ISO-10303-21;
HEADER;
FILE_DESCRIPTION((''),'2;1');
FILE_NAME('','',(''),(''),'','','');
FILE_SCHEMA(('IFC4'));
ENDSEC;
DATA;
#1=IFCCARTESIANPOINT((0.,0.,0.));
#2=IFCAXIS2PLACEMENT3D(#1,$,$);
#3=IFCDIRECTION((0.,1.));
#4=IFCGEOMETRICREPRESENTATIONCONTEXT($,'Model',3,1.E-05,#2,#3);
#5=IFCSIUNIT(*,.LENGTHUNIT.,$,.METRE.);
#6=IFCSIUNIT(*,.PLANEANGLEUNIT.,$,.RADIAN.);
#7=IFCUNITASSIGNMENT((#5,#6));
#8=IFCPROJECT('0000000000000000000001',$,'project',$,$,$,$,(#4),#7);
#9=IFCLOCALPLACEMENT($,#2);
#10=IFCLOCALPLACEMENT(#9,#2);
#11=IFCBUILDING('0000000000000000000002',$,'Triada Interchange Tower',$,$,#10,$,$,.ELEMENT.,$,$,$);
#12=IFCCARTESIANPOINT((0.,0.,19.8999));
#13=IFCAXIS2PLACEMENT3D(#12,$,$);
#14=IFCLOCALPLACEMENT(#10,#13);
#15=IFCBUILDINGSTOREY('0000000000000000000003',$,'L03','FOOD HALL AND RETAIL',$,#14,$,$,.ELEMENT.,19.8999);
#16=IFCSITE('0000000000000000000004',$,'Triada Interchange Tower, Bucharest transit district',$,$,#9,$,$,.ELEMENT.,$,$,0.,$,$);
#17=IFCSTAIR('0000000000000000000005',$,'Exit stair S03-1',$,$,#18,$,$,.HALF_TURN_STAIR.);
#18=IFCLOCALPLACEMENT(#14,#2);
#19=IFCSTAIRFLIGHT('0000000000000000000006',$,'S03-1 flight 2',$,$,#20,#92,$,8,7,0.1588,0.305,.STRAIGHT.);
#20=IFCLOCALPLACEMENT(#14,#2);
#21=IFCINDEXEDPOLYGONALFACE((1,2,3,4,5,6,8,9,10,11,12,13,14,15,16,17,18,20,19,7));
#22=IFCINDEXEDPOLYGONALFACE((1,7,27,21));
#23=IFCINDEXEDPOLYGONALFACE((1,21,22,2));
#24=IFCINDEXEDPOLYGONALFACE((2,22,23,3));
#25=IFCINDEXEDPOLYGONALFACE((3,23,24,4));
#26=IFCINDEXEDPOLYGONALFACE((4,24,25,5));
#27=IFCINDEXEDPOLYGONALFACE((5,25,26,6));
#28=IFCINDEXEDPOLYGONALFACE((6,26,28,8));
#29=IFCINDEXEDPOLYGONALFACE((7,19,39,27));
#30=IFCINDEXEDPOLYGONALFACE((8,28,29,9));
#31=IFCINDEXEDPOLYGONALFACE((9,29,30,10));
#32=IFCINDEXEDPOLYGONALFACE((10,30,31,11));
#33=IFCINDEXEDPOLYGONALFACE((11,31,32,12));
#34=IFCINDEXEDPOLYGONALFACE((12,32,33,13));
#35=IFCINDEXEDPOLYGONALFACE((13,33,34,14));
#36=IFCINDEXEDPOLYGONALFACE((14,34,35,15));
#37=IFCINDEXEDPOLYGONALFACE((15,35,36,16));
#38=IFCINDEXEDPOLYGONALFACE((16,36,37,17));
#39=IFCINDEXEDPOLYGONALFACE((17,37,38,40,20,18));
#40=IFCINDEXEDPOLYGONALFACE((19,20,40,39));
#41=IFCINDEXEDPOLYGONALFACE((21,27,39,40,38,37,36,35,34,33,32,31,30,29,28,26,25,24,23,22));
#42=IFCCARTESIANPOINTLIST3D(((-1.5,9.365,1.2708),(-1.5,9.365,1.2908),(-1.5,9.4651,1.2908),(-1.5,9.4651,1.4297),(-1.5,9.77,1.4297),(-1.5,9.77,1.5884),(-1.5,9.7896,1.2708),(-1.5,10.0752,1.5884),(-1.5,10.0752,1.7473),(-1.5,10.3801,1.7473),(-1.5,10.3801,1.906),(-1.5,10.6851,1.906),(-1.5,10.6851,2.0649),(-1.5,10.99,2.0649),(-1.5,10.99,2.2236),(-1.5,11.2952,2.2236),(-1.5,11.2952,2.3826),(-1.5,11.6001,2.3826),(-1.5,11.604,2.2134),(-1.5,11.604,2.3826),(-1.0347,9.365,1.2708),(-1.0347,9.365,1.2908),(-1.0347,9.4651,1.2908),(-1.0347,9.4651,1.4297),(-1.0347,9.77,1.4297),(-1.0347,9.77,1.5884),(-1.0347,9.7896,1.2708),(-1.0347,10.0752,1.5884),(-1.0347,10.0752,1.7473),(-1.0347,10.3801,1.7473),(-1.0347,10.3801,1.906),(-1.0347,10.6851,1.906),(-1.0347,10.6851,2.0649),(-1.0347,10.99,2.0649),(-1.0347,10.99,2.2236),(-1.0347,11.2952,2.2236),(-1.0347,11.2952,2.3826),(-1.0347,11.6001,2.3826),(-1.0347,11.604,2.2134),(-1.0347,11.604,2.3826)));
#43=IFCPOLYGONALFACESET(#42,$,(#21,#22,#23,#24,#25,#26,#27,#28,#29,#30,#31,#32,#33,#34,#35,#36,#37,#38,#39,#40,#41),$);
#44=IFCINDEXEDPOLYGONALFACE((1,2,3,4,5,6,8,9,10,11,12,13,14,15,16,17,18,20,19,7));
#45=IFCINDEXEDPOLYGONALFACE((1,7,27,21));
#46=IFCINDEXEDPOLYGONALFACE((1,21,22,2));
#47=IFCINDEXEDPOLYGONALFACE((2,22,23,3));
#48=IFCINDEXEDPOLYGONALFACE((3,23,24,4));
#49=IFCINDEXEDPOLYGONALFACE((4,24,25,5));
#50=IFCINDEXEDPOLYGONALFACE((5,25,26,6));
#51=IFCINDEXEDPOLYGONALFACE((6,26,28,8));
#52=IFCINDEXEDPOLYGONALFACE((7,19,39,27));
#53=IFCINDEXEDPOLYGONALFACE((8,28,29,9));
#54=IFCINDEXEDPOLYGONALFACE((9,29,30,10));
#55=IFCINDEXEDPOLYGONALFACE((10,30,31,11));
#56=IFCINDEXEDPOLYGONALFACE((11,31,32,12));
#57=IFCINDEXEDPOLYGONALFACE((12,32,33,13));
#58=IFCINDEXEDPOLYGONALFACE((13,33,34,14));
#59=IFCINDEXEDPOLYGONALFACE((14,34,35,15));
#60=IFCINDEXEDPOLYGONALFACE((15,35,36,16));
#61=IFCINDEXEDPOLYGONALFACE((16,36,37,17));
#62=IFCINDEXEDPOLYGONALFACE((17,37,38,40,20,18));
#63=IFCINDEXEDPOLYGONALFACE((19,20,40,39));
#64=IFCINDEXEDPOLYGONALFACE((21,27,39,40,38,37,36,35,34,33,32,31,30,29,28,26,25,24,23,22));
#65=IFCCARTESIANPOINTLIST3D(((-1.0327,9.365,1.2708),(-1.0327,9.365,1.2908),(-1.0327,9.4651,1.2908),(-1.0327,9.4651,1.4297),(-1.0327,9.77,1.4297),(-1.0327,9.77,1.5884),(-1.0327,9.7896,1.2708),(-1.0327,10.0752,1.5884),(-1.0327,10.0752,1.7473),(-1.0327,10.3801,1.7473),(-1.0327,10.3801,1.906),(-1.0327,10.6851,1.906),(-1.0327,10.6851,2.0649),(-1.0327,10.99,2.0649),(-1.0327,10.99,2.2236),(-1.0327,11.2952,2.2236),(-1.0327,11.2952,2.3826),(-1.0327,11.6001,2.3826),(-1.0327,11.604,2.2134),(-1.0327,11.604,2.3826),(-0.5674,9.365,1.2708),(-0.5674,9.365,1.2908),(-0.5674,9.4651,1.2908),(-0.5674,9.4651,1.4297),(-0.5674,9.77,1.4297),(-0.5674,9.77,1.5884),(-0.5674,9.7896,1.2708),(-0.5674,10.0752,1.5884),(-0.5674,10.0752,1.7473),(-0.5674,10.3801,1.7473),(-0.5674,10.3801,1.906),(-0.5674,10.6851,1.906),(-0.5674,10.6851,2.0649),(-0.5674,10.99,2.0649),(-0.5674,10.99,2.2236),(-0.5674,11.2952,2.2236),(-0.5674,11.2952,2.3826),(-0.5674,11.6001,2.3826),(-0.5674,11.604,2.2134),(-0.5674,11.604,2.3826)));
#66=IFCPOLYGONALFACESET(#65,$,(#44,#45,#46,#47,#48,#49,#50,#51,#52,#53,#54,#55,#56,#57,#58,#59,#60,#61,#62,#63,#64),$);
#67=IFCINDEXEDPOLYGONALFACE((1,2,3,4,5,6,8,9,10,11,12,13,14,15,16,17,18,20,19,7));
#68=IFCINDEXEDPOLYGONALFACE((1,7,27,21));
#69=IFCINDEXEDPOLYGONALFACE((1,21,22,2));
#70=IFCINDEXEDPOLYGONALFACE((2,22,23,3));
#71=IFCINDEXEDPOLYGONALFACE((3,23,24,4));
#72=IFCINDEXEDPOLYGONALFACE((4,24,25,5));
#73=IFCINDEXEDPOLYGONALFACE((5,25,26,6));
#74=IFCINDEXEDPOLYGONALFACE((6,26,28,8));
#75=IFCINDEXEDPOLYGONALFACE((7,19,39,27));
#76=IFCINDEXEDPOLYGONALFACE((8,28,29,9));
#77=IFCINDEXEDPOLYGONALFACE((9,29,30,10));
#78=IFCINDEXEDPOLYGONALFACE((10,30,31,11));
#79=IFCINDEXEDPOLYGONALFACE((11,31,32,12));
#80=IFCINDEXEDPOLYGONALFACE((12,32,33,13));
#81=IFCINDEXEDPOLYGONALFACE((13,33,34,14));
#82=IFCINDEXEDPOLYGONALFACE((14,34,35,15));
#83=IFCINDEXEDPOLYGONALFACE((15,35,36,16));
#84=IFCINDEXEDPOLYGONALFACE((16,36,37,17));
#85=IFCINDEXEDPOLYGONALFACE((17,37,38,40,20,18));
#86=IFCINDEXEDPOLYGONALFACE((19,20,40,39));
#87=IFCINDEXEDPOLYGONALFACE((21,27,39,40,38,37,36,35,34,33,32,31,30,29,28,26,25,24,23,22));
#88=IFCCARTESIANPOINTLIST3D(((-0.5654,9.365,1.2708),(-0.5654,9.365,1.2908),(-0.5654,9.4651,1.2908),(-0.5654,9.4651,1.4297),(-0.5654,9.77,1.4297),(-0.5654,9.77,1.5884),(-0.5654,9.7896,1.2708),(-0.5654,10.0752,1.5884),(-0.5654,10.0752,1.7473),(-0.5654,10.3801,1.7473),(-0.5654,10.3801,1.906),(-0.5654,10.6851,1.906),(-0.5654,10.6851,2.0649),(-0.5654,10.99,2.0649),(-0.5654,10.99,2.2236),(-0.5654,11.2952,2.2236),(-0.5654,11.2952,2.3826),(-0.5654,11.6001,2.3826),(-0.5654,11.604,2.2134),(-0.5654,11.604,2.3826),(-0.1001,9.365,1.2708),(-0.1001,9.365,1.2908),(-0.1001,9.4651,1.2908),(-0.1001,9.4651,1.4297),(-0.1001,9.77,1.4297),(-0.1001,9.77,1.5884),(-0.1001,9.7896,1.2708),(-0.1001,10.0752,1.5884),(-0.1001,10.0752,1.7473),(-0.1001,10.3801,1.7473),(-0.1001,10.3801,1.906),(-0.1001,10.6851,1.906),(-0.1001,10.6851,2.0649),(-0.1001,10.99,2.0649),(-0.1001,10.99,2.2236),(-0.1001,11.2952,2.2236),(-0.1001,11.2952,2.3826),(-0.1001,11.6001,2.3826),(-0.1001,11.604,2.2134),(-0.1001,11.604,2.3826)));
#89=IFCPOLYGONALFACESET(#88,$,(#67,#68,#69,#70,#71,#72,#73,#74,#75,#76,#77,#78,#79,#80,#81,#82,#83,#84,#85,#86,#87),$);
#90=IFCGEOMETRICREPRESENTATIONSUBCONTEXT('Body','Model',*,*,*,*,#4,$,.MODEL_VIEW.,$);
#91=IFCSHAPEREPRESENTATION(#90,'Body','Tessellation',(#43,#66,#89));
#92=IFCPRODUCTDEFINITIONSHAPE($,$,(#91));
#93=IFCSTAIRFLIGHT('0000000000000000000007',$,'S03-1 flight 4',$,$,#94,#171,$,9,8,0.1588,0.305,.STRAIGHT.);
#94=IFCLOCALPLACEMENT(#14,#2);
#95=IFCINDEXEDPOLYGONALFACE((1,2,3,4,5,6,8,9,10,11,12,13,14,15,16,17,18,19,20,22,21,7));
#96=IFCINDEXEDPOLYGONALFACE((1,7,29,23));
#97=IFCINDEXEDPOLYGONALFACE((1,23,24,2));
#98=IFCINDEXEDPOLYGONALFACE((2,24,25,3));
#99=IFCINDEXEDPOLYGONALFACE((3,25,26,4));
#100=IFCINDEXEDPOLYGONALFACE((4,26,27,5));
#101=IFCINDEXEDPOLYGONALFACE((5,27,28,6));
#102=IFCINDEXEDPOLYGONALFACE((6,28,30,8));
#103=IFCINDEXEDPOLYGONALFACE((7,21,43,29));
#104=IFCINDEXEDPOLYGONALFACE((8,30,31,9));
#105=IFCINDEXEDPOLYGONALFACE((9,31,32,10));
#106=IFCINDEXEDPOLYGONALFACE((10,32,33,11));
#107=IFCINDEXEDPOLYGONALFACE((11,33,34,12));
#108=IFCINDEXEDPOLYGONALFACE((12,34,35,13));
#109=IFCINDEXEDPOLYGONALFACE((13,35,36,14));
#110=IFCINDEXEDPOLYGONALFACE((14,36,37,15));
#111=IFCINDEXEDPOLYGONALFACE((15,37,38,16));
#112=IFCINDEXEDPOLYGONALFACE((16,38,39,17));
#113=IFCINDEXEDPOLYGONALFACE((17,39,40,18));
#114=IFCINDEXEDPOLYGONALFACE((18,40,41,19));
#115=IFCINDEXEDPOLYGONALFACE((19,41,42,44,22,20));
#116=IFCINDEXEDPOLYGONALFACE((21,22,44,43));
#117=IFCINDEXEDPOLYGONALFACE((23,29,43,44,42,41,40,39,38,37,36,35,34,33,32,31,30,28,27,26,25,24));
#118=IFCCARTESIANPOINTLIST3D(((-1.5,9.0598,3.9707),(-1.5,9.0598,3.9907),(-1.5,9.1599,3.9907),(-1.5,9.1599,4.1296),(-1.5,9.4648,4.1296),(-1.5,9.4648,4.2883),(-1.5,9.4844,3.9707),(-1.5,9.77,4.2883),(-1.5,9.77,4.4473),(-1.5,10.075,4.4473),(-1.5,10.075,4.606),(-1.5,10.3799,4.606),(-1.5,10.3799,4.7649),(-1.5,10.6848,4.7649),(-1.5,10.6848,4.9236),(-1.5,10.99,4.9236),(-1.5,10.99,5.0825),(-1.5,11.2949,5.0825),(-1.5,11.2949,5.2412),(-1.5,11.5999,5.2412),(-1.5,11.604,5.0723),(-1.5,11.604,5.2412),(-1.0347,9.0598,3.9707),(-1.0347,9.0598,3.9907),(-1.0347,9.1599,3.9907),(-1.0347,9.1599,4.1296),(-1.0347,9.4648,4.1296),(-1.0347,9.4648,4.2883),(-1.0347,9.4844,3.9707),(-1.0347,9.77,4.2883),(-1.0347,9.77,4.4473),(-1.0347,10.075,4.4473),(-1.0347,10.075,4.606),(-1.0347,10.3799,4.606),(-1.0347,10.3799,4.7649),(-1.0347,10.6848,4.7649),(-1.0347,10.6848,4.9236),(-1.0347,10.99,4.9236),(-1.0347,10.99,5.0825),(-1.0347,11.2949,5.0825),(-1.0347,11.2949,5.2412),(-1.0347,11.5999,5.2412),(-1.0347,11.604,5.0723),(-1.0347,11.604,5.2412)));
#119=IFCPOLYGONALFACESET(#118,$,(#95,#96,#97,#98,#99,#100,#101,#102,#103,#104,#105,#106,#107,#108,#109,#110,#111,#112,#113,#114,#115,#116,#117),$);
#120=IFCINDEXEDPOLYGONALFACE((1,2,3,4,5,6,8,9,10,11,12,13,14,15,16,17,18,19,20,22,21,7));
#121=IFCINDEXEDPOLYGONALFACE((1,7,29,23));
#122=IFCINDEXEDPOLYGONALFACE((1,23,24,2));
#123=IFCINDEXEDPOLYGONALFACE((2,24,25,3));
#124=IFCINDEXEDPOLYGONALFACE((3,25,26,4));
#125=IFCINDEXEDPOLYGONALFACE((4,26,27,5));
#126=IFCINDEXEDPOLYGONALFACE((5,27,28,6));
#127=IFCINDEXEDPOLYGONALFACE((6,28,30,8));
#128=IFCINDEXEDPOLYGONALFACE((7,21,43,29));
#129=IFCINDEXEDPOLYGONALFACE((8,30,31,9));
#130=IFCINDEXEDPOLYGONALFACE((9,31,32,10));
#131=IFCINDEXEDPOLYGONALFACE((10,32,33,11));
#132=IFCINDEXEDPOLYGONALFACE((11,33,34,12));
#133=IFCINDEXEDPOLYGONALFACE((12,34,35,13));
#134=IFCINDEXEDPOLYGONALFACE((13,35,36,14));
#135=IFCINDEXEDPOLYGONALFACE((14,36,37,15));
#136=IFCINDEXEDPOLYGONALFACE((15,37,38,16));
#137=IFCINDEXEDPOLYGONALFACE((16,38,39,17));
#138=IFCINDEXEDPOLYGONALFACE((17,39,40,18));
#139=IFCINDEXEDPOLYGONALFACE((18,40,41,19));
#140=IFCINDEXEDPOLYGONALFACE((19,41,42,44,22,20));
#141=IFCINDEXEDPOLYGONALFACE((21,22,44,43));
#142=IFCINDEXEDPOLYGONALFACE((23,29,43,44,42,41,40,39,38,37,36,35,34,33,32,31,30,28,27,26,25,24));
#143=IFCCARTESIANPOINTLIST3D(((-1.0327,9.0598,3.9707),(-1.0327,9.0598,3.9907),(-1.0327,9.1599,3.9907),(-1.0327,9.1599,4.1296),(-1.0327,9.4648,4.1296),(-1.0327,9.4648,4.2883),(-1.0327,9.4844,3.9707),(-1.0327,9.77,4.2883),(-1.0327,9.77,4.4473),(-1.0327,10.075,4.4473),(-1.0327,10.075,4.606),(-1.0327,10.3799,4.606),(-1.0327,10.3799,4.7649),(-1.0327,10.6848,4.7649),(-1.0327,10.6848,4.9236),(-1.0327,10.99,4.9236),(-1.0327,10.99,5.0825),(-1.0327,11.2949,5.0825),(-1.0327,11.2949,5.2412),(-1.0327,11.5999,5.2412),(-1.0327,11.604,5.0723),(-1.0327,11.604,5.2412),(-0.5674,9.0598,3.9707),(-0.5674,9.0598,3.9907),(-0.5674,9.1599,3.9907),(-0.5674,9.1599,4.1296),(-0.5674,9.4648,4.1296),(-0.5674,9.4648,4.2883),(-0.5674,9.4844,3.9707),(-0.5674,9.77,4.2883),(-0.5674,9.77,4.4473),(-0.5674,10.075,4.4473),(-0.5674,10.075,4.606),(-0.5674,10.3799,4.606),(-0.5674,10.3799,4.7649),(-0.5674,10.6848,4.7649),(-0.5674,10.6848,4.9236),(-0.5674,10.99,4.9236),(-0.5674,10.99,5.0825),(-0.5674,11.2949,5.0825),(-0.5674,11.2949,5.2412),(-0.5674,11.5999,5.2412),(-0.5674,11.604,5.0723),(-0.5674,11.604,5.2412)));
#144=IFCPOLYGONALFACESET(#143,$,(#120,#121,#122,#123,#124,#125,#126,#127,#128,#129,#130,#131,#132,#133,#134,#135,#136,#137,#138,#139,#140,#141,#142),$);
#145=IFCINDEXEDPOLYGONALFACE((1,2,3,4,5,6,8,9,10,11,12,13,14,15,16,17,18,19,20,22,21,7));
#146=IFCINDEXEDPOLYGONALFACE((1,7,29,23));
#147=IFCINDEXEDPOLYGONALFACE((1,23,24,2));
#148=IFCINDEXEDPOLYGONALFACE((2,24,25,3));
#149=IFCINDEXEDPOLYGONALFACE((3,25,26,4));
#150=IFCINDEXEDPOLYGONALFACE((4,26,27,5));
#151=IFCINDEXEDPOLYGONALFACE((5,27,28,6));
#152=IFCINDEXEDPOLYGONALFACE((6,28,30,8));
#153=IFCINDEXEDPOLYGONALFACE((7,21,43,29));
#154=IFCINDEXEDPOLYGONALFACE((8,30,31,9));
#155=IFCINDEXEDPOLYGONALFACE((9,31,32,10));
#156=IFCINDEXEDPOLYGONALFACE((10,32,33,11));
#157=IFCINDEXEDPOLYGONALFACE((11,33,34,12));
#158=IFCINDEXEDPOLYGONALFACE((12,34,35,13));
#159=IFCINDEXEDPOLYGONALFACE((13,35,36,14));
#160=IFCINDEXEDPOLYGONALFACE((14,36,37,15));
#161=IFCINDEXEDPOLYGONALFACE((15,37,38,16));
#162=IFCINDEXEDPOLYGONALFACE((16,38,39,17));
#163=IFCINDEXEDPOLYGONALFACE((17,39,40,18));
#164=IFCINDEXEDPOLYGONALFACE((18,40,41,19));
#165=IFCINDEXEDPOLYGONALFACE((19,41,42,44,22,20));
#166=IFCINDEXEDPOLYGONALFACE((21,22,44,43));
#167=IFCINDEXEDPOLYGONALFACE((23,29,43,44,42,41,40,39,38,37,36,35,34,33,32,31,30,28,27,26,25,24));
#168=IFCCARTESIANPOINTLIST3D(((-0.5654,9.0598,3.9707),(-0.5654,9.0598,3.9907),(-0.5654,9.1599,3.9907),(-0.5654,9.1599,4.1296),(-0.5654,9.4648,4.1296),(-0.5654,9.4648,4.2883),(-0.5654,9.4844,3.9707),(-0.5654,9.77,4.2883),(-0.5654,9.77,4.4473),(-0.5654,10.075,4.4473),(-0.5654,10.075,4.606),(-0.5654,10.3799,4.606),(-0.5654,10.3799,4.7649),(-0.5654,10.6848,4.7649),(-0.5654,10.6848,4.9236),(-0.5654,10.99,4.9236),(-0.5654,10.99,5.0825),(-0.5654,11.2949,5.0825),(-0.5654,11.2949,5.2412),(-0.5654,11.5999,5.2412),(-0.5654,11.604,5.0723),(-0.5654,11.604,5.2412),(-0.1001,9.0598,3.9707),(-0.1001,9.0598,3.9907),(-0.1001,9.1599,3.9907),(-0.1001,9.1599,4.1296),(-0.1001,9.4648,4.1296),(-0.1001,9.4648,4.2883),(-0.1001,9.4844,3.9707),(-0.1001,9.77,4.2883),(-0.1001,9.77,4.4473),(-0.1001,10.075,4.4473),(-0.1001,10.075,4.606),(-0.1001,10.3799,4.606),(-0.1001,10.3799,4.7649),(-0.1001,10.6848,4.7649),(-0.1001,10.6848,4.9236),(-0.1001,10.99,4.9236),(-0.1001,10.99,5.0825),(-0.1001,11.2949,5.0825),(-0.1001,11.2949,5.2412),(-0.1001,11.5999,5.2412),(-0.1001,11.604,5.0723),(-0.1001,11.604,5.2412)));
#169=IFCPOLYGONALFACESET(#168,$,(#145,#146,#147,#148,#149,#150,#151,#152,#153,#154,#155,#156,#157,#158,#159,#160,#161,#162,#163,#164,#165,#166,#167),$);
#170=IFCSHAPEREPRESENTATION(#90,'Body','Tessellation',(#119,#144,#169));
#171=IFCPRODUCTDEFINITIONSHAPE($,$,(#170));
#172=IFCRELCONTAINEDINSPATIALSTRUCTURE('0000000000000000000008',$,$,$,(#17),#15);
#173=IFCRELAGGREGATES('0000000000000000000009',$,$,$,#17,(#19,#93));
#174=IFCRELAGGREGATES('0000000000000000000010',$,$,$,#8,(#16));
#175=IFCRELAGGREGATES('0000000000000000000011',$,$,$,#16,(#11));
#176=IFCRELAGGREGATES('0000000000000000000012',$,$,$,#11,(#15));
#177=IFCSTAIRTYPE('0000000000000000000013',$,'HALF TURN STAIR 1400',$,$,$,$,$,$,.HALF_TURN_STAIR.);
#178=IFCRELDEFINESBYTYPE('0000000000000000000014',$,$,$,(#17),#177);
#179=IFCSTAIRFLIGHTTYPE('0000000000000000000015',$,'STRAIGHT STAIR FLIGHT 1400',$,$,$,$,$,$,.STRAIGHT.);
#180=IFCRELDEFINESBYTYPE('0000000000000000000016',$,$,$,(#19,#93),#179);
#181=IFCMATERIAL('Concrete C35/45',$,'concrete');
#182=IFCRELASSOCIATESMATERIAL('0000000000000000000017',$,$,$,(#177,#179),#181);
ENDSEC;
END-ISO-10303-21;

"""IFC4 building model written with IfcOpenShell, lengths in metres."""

from ifc_helpers import new_model, si_unit, direction, frame, origin, place, context, subcontext, project, spatial, polyline, outline, extrude, material, type_object, element, aggregate, save


model = new_model("IFC4")

# Units and contexts
model_context = context("Model", 3, precision=1e-05, world=origin(), true_north=direction((0.0, 1.0)))
body_context = subcontext(model_context, "Body", "Model", "MODEL_VIEW")
ifc_project = project(units=[si_unit("LENGTHUNIT", "METRE"), si_unit("PLANEANGLEUNIT", "RADIAN")], contexts=[model_context])

# Site, building, storey
site_placement = place(None, origin())
site = spatial("IfcSite", under=ifc_project, at=site_placement, Name="Triada Interchange Tower, Bucharest transit district", CompositionType="ELEMENT", RefElevation=0.0)
building_placement = place(site_placement, origin())
building = spatial("IfcBuilding", under=site, at=building_placement, Name="Triada Interchange Tower", CompositionType="ELEMENT")
storey_placement = place(building_placement, frame((0.0, 0.0, 19.8999)))
storey = spatial("IfcBuildingStorey", under=building, at=storey_placement, Name="L03", Description="FOOD HALL AND RETAIL", CompositionType="ELEMENT", Elevation=19.8999)

# Stair, stair flights
ifc_material_1 = material(Name="Concrete C35/45", Category="concrete")
stair_type = type_object("IfcStairType", Name="HALF TURN STAIR 1400", PredefinedType="HALF_TURN_STAIR", material=ifc_material_1)
stair_placement = place(storey_placement, origin())
stair = element("IfcStair", 1, at=stair_placement, inside=storey, type_object=stair_type, Name="Exit stair S03-1", PredefinedType="HALF_TURN_STAIR")
stair_flight_type = type_object("IfcStairFlightType", Name="STRAIGHT STAIR FLIGHT 1400", PredefinedType="STRAIGHT", material=ifc_material_1)
stair_flight_1_placement = place(storey_placement, frame((-0.8, 9.4651, 1.2708), z_axis=(0.0, 0.0, 1.0), x_axis=(0.0, 1.0, 0.0)))
stair_flight_1 = element("IfcStairFlight", 2, at=stair_flight_1_placement, type_object=stair_flight_type, Name="S03-1 flight 2", NumberOfRisers=8, NumberOfTreads=7, PredefinedType="STRAIGHT", RiserHeight=0.1588, TreadLength=0.305, context=body_context, shape_type="SweptSolid", body=[
    extrude(outline(polyline([(-0.1001, 0.0), (-0.1001, 0.02), (0.0, 0.02), (0.0, 0.1589), (0.3049, 0.1589), (0.3049, 0.3176), (0.6101, 0.3176), (0.6101, 0.4766), (0.915, 0.4766), (0.915, 0.6353), (1.22, 0.6353), (1.22, 0.7942), (1.5249, 0.7942), (1.5249, 0.9529), (1.8301, 0.9529), (1.8301, 1.1118), (2.135, 1.1118), (2.1389, 1.1118), (2.1389, 1.2705), (2.1389, 0.9426), (0.3245, 0.0), (-0.1001, 0.0)])), frame((0.0, 0.7, 0.0), z_axis=(0.0, -1.0, 0.0), x_axis=(1.0, 0.0, 0.0)), (0.0, 0.0, 1.0), 0.4653),
    extrude(outline(polyline([(-0.1001, 0.0), (-0.1001, 0.02), (0.0, 0.02), (0.0, 0.1589), (0.3049, 0.1589), (0.3049, 0.3176), (0.6101, 0.3176), (0.6101, 0.4766), (0.915, 0.4766), (0.915, 0.6353), (1.22, 0.6353), (1.22, 0.7942), (1.5249, 0.7942), (1.5249, 0.9529), (1.8301, 0.9529), (1.8301, 1.1118), (2.135, 1.1118), (2.1389, 1.1118), (2.1389, 1.2705), (2.1389, 0.9426), (0.3245, 0.0), (-0.1001, 0.0)])), frame((0.0, 0.2327, 0.0), z_axis=(0.0, -1.0, 0.0), x_axis=(1.0, 0.0, 0.0)), (0.0, 0.0, 1.0), 0.4653),
    extrude(outline(polyline([(-0.1001, 0.0), (-0.1001, 0.02), (0.0, 0.02), (0.0, 0.1589), (0.3049, 0.1589), (0.3049, 0.3176), (0.6101, 0.3176), (0.6101, 0.4766), (0.915, 0.4766), (0.915, 0.6353), (1.22, 0.6353), (1.22, 0.7942), (1.5249, 0.7942), (1.5249, 0.9529), (1.8301, 0.9529), (1.8301, 1.1118), (2.135, 1.1118), (2.1389, 1.1118), (2.1389, 1.2705), (2.1389, 0.9426), (0.3245, 0.0), (-0.1001, 0.0)])), frame((0.0, -0.2346, 0.0), z_axis=(0.0, -1.0, 0.0), x_axis=(1.0, 0.0, 0.0)), (0.0, 0.0, 1.0), 0.4653),
])
stair_flight_2_placement = place(storey_placement, frame((-0.8, 9.1599, 3.9707), z_axis=(0.0, 0.0, 1.0), x_axis=(0.0, 1.0, 0.0)))
stair_flight_2 = element("IfcStairFlight", 3, at=stair_flight_2_placement, type_object=stair_flight_type, Name="S03-1 flight 4", NumberOfRisers=9, NumberOfTreads=8, PredefinedType="STRAIGHT", RiserHeight=0.1588, TreadLength=0.305, context=body_context, shape_type="SweptSolid", body=[
    extrude(outline(polyline([(-0.1001, 0.0), (-0.1001, 0.02), (0.0, 0.02), (0.0, 0.1589), (0.3049, 0.1589), (0.3049, 0.3176), (0.6101, 0.3176), (0.6101, 0.4766), (0.915, 0.4766), (0.915, 0.6353), (1.22, 0.6353), (1.22, 0.7942), (1.5249, 0.7942), (1.5249, 0.9529), (1.8301, 0.9529), (1.8301, 1.1118), (2.135, 1.1118), (2.135, 1.2705), (2.4399, 1.2705), (2.4441, 1.2705), (2.4441, 1.4294), (2.4441, 1.1016), (0.3245, 0.0), (-0.1001, 0.0)])), frame((0.0, 0.7, 0.0), z_axis=(0.0, -1.0, 0.0), x_axis=(1.0, 0.0, 0.0)), (0.0, 0.0, 1.0), 0.4653),
    extrude(outline(polyline([(-0.1001, 0.0), (-0.1001, 0.02), (0.0, 0.02), (0.0, 0.1589), (0.3049, 0.1589), (0.3049, 0.3176), (0.6101, 0.3176), (0.6101, 0.4766), (0.915, 0.4766), (0.915, 0.6353), (1.22, 0.6353), (1.22, 0.7942), (1.5249, 0.7942), (1.5249, 0.9529), (1.8301, 0.9529), (1.8301, 1.1118), (2.135, 1.1118), (2.135, 1.2705), (2.4399, 1.2705), (2.4441, 1.2705), (2.4441, 1.4294), (2.4441, 1.1016), (0.3245, 0.0), (-0.1001, 0.0)])), frame((0.0, 0.2327, 0.0), z_axis=(0.0, -1.0, 0.0), x_axis=(1.0, 0.0, 0.0)), (0.0, 0.0, 1.0), 0.4653),
    extrude(outline(polyline([(-0.1001, 0.0), (-0.1001, 0.02), (0.0, 0.02), (0.0, 0.1589), (0.3049, 0.1589), (0.3049, 0.3176), (0.6101, 0.3176), (0.6101, 0.4766), (0.915, 0.4766), (0.915, 0.6353), (1.22, 0.6353), (1.22, 0.7942), (1.5249, 0.7942), (1.5249, 0.9529), (1.8301, 0.9529), (1.8301, 1.1118), (2.135, 1.1118), (2.135, 1.2705), (2.4399, 1.2705), (2.4441, 1.2705), (2.4441, 1.4294), (2.4441, 1.1016), (0.3245, 0.0), (-0.1001, 0.0)])), frame((0.0, -0.2346, 0.0), z_axis=(0.0, -1.0, 0.0), x_axis=(1.0, 0.0, 0.0)), (0.0, 0.0, 1.0), 0.4653),
])
aggregate(stair, [stair_flight_1, stair_flight_2])

save(model, "model.ifc")
